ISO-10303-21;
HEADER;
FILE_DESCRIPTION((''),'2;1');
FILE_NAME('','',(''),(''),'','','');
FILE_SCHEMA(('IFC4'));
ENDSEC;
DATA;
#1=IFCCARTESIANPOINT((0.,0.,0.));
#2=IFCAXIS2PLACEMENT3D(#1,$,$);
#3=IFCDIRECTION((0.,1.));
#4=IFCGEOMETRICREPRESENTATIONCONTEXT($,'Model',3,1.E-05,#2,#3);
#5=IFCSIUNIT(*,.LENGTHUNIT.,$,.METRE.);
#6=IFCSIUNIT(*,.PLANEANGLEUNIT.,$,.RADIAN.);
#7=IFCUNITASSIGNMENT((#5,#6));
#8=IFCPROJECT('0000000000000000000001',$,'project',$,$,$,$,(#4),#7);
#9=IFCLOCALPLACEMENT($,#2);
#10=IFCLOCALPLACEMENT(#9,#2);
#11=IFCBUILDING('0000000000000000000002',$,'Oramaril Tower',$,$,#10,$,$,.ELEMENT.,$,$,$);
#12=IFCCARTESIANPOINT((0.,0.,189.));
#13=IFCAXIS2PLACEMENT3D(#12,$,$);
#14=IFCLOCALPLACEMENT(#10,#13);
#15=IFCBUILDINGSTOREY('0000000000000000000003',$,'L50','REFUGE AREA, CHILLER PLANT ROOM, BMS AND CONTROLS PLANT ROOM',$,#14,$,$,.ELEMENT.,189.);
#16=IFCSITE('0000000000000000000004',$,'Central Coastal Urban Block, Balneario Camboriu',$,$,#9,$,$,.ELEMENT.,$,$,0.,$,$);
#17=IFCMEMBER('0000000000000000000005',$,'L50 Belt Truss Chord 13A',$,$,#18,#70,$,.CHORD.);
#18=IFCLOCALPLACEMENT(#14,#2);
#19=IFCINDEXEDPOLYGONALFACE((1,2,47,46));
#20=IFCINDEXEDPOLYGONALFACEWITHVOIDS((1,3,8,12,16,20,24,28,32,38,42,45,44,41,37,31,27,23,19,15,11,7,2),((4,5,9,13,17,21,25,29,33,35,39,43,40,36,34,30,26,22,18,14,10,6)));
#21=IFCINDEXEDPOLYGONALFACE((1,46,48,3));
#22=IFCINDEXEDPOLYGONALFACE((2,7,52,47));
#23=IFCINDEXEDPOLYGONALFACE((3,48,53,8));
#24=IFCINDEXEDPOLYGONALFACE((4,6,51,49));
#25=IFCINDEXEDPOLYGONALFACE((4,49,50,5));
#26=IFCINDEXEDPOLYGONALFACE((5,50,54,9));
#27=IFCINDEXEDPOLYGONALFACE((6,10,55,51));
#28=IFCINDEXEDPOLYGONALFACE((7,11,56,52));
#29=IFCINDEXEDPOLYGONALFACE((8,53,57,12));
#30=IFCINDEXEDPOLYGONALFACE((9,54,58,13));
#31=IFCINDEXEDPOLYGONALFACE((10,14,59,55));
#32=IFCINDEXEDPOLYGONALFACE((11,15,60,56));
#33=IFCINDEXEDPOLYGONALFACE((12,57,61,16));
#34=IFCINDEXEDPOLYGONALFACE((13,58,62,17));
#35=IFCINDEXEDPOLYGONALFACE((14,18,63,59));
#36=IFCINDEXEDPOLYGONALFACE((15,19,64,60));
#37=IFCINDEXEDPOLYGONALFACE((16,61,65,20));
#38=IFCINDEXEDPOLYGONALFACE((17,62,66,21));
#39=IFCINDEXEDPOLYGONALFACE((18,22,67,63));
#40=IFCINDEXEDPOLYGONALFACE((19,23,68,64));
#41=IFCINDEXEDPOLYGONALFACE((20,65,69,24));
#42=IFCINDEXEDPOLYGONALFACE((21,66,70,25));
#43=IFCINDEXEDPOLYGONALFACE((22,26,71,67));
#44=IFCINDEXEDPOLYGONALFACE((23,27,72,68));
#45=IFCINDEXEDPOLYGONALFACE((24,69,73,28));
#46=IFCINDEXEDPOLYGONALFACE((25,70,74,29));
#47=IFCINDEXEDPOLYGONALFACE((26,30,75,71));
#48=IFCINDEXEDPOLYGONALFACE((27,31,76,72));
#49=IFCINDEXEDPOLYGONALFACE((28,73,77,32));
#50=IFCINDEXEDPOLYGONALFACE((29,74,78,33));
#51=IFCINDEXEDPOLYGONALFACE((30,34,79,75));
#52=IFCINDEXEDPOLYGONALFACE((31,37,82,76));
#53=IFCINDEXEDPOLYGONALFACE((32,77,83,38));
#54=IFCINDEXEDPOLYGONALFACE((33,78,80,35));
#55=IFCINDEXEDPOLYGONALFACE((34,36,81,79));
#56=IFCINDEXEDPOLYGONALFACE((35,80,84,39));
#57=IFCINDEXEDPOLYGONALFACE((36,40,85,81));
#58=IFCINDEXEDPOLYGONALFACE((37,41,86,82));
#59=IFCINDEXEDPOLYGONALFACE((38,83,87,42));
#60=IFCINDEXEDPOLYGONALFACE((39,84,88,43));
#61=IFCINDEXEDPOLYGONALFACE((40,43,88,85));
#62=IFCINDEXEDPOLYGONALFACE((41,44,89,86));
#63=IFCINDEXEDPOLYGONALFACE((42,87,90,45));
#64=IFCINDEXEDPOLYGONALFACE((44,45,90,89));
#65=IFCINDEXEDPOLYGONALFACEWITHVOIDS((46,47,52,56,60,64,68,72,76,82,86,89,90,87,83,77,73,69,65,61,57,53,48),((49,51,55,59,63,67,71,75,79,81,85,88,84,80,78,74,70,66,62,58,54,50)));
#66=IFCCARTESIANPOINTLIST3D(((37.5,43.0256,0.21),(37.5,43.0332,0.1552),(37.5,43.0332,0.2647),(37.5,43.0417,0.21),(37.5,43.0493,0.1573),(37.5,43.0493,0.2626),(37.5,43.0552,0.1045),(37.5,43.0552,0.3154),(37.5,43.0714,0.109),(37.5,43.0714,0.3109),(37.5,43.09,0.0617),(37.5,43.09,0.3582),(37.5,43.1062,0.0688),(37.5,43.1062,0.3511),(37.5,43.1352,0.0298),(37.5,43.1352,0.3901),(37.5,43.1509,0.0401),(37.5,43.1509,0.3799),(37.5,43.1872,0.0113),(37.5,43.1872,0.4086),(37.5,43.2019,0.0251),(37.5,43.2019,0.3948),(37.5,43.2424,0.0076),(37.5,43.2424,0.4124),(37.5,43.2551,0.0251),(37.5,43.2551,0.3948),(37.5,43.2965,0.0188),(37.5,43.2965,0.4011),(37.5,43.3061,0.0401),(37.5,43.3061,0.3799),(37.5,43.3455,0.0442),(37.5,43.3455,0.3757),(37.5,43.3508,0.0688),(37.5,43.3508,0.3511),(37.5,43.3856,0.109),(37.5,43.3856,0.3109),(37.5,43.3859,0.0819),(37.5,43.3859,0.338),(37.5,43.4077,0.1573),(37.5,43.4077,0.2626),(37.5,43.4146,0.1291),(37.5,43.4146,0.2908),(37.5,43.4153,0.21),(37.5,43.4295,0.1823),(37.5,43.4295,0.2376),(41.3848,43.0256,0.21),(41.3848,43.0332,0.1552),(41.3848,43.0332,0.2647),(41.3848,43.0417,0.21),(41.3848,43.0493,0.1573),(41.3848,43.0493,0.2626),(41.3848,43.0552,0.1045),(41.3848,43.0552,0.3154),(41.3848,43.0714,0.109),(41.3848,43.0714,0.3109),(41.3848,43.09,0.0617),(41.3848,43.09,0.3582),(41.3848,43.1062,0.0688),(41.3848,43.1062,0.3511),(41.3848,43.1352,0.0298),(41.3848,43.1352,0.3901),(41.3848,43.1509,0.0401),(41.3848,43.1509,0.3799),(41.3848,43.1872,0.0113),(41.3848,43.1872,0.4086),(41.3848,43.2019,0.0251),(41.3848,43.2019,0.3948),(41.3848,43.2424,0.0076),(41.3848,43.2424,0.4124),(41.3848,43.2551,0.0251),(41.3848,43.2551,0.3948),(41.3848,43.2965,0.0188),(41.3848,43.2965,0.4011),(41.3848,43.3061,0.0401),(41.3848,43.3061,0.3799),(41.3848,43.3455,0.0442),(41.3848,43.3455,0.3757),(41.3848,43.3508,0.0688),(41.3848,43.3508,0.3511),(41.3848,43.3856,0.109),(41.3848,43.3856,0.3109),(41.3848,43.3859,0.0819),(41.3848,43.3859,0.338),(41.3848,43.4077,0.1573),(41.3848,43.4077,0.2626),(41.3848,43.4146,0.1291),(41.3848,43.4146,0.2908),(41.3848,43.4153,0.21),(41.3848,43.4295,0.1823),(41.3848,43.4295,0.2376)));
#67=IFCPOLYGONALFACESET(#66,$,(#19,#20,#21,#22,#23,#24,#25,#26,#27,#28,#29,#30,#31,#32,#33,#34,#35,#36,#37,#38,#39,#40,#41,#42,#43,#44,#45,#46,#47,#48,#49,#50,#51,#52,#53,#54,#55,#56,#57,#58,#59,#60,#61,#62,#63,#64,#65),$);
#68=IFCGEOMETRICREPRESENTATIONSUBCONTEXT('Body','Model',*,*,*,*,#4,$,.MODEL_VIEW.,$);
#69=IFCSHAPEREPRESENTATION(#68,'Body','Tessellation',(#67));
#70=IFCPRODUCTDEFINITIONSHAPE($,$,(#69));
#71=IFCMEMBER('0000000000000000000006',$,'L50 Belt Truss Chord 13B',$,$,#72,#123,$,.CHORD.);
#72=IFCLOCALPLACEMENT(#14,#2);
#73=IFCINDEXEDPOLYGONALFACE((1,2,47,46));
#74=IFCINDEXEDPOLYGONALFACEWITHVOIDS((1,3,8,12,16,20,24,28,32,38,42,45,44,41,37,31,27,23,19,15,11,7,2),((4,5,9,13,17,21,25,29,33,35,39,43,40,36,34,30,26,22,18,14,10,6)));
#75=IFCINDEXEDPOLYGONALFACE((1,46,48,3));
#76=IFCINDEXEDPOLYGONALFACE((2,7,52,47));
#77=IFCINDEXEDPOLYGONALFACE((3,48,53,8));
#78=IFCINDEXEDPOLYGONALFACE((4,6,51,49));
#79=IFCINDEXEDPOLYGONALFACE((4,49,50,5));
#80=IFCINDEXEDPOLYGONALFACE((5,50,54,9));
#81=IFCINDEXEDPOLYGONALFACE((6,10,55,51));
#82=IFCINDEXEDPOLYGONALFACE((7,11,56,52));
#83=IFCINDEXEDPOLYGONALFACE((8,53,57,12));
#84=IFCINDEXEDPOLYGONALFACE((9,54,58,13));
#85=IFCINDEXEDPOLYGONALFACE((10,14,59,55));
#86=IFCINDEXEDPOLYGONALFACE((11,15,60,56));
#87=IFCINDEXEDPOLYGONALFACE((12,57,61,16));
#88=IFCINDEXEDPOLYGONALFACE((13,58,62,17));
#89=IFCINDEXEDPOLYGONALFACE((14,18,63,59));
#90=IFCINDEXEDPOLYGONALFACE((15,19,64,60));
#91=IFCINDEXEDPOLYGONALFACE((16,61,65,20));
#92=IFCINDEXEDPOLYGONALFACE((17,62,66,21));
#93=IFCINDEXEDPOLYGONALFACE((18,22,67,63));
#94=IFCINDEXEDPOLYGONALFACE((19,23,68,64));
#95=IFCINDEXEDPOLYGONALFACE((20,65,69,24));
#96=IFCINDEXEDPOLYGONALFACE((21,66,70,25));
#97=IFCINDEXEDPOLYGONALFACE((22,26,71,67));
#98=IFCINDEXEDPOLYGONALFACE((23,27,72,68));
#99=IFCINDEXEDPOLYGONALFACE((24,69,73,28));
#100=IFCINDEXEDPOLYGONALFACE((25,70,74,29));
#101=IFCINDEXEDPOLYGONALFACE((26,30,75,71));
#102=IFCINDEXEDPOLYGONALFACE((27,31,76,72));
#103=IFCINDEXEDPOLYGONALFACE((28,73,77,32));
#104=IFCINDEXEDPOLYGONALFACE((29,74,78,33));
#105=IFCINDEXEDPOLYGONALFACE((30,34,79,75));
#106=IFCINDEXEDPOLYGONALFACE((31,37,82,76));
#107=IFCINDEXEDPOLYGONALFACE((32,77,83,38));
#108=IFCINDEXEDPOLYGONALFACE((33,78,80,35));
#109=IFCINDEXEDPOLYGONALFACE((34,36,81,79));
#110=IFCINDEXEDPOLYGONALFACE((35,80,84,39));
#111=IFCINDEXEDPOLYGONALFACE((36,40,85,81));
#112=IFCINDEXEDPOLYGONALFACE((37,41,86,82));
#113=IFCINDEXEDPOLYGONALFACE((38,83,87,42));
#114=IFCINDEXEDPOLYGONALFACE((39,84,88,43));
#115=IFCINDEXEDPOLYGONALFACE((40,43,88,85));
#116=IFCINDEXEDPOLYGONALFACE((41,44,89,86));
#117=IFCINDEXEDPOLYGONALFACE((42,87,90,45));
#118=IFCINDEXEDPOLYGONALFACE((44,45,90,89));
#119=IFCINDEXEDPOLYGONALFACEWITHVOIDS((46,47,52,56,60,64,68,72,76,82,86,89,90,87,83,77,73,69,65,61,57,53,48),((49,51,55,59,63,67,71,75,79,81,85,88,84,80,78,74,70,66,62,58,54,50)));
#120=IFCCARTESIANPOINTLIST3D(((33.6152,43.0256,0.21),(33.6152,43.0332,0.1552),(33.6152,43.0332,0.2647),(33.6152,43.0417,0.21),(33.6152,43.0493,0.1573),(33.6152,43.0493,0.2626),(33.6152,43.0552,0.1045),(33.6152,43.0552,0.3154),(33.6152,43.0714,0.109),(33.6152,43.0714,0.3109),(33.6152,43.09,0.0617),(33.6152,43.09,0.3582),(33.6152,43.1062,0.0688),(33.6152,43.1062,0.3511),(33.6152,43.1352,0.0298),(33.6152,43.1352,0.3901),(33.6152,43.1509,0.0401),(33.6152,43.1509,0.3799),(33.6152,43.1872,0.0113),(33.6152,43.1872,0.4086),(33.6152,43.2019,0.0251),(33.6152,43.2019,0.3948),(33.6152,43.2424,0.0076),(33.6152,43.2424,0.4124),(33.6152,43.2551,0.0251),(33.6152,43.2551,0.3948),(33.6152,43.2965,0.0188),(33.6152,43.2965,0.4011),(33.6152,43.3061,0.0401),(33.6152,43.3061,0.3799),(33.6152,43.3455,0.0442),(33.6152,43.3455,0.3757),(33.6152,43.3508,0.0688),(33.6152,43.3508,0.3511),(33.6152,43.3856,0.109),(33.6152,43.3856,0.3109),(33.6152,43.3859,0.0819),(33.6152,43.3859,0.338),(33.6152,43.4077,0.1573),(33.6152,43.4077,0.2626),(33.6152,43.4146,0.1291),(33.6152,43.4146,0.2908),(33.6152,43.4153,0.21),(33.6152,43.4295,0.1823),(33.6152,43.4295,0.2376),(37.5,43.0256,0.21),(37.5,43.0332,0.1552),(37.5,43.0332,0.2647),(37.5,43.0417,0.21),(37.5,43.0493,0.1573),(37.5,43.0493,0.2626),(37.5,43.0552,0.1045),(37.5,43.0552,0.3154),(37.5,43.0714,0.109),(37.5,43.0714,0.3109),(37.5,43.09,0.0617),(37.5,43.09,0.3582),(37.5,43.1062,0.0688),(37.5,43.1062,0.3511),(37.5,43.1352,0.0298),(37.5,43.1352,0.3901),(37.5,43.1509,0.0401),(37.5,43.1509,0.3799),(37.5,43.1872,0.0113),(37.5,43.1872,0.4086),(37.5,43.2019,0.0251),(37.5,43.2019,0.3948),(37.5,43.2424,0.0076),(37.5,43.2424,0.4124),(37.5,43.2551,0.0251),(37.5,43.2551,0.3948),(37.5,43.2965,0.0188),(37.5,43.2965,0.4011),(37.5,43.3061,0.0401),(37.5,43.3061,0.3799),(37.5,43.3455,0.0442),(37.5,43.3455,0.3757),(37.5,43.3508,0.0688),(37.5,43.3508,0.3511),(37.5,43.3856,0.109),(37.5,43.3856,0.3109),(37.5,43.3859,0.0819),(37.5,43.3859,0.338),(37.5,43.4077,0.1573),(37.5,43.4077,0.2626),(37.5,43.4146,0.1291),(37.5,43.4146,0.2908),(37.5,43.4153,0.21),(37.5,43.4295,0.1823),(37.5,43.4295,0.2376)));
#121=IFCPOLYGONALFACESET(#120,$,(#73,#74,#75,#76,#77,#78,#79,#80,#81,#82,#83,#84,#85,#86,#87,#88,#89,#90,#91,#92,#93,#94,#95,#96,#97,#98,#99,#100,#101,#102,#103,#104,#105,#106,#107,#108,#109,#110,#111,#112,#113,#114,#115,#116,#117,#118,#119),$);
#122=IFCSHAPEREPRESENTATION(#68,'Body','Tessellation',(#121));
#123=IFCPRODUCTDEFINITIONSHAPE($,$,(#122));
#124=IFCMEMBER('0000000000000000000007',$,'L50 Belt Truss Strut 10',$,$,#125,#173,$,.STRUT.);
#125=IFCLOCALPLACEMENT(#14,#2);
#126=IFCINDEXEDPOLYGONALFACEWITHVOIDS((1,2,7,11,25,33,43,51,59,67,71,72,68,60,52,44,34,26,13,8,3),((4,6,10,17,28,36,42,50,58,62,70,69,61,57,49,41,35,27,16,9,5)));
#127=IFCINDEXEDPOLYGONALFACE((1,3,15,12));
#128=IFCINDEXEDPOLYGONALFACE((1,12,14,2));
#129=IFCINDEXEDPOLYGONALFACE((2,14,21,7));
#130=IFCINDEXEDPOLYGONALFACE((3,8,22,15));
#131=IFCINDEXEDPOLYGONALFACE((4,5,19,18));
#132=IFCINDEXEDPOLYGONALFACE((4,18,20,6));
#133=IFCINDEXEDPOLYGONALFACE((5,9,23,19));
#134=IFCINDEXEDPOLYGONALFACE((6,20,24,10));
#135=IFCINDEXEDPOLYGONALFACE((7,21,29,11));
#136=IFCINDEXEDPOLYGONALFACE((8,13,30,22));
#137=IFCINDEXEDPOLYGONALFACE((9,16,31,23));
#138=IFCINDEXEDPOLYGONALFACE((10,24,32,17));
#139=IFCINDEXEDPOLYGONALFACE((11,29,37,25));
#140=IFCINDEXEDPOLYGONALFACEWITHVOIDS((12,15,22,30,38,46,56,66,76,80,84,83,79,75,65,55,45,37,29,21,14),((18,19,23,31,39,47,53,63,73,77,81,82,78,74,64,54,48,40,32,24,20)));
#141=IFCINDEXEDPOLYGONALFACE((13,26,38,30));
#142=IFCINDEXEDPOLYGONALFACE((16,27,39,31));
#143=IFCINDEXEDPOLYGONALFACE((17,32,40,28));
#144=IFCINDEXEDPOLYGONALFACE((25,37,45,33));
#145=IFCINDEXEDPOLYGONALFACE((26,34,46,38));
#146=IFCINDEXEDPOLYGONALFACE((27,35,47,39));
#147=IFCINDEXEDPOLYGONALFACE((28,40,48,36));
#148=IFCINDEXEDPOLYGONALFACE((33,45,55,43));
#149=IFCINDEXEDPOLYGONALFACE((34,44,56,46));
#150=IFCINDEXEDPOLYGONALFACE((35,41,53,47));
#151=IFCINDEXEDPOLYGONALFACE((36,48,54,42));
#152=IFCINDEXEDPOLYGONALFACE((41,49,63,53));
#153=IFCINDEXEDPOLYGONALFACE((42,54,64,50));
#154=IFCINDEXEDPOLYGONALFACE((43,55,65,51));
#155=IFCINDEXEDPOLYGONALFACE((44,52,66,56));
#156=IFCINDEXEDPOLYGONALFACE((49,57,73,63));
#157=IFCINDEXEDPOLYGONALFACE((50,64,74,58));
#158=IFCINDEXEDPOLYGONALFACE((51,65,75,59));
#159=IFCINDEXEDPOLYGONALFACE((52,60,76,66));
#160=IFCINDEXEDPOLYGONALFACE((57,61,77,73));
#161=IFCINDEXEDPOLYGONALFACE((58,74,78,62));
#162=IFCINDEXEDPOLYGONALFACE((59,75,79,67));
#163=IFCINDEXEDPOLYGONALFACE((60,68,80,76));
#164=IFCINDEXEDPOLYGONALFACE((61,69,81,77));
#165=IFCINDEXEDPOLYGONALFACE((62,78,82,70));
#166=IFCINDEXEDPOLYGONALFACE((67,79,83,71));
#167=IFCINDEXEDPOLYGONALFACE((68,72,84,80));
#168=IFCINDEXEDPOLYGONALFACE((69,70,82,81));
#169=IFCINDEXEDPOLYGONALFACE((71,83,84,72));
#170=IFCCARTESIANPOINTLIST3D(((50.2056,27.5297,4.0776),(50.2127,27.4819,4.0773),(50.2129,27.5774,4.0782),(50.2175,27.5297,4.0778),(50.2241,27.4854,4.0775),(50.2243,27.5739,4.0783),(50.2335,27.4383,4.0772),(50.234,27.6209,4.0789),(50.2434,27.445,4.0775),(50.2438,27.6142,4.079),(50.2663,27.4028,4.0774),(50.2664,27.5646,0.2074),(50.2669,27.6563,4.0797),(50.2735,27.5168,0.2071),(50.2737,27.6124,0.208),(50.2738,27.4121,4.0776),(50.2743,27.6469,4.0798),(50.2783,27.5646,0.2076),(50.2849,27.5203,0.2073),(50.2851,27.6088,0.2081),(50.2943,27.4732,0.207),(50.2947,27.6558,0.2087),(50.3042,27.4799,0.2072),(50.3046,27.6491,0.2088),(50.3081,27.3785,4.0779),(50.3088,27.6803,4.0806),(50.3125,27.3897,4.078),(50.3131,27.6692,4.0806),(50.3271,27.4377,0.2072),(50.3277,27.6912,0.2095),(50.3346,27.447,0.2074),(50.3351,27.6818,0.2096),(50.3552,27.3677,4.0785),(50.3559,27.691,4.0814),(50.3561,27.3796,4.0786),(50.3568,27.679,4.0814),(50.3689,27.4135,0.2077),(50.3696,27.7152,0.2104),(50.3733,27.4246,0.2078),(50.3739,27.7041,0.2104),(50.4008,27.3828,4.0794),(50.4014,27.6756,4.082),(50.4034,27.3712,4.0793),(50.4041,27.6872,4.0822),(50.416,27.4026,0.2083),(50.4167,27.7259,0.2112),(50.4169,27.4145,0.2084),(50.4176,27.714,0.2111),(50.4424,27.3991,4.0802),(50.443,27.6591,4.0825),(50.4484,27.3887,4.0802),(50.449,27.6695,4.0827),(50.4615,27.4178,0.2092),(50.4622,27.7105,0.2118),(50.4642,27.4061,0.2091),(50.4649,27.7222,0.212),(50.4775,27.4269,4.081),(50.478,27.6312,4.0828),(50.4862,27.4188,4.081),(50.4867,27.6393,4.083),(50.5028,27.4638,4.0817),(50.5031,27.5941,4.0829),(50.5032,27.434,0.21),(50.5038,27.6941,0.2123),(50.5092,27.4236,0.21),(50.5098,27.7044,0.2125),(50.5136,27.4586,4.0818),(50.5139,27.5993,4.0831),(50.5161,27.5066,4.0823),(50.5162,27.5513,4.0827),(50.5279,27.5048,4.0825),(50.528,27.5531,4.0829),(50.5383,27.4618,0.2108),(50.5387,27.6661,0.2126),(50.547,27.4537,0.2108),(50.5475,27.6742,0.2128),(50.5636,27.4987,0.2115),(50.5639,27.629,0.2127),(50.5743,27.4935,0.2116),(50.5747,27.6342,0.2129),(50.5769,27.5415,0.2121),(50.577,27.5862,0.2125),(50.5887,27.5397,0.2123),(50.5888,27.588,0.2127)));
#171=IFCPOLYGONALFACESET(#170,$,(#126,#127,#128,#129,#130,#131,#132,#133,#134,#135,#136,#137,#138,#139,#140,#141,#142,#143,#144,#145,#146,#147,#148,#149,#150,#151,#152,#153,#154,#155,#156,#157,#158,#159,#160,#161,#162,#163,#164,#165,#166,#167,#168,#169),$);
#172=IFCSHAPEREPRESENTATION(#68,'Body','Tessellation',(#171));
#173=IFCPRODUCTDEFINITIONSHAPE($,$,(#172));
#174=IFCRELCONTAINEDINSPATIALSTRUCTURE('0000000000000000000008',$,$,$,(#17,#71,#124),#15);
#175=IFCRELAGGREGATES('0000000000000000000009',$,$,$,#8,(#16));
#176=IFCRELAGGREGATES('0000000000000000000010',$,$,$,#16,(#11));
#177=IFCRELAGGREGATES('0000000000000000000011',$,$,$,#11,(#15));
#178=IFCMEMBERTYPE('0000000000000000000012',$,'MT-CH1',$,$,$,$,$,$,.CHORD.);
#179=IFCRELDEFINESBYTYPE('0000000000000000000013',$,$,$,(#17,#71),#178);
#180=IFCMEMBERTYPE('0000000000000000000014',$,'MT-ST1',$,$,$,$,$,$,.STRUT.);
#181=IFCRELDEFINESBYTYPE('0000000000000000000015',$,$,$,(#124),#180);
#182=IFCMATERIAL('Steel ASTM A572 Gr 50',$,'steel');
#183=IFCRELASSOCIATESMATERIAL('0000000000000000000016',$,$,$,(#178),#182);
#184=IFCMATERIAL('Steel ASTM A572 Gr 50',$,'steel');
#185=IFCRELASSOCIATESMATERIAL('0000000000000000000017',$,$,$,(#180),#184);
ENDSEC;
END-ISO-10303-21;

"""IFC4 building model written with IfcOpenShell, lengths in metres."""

from ifc_helpers import new_model, si_unit, direction, frame, origin, origin_2d, place, context, subcontext, project, spatial, hollow_circle, extrude, material, material_profile, profile_set, type_object, element, save


model = new_model("IFC4")

# Units and contexts
model_context = context("Model", 3, precision=1e-05, world=origin(), true_north=direction((0.0, 1.0)))
body_context = subcontext(model_context, "Body", "Model", "MODEL_VIEW")
ifc_project = project(units=[si_unit("LENGTHUNIT", "METRE"), si_unit("PLANEANGLEUNIT", "RADIAN")], contexts=[model_context])

# Site, building, storey
site_placement = place(None, origin())
site = spatial("IfcSite", under=ifc_project, at=site_placement, Name="Central Coastal Urban Block, Balneario Camboriu", CompositionType="ELEMENT", RefElevation=0.0)
building_placement = place(site_placement, origin())
building = spatial("IfcBuilding", under=site, at=building_placement, Name="Oramaril Tower", CompositionType="ELEMENT")
storey_placement = place(building_placement, frame((0.0, 0.0, 189.0)))
storey = spatial("IfcBuildingStorey", under=building, at=storey_placement, Name="L50", Description="REFUGE AREA, CHILLER PLANT ROOM, BMS AND CONTROLS PLANT ROOM", CompositionType="ELEMENT", Elevation=189.0)

# Members
ifc_material_1 = material(Name="Steel ASTM A572 Gr 50", Category="steel")
ifc_material_profile_1 = material_profile(ifc_material_1, hollow_circle(Radius=0.2029, WallThickness=0.0161, at=origin_2d()), Name="CHS406X16")
ifc_profile_set_1 = profile_set([ifc_material_profile_1], Name="Steel ASTM A572 Gr 50")
member_type_1 = type_object("IfcMemberType", Name="MT-CH1", PredefinedType="CHORD", material=ifc_profile_set_1)
for number, where, z_axis, x_axis, name in (
    (1, (41.3848, 43.2285, 0.21), (-1.0, 0.0, 0.0), (0.0, -1.0, 0.0), "L50 Belt Truss Chord 13A"),
    (2, (37.5, 43.2285, 0.21), (-1.0, 0.0, 0.0), (0.0, -1.0, 0.0), "L50 Belt Truss Chord 13B"),
):
    element("IfcMember", number, at=place(storey_placement, frame(where, z_axis=z_axis, x_axis=x_axis)), inside=storey, type_object=member_type_1, Name=name, PredefinedType="CHORD", context=body_context, shape_type="SweptSolid", body=[
        extrude(hollow_circle(Radius=0.2029, WallThickness=0.0161, at=origin_2d()), origin(), (0.0, 0.0, 1.0), 3.8848),
    ])
ifc_material_2 = material(Name="Steel ASTM A572 Gr 50", Category="steel")
ifc_material_profile_2 = material_profile(ifc_material_2, hollow_circle(Radius=0.1621, WallThickness=0.012, at=origin_2d()), Name="CHS324X12")
ifc_profile_set_2 = profile_set([ifc_material_profile_2], Name="Steel ASTM A572 Gr 50")
member_type_2 = type_object("IfcMemberType", Name="MT-ST1", PredefinedType="STRUT", material=ifc_profile_set_2)
for number, where, z_axis, x_axis, name in (
    (3, (50.4285, 27.5642, 0.21), (-0.015705, -0.009019, 0.999836), (0.498013, -0.86717, 0.0), "L50 Belt Truss Strut 10"),
):
    element("IfcMember", number, at=place(storey_placement, frame(where, z_axis=z_axis, x_axis=x_axis)), inside=storey, type_object=member_type_2, Name=name, PredefinedType="STRUT", context=body_context, shape_type="SweptSolid", body=[
        extrude(hollow_circle(Radius=0.1621, WallThickness=0.012, at=origin_2d()), origin(), (0.0, 0.0, 1.0), 3.8708),
    ])

save(model, "model.ifc")
